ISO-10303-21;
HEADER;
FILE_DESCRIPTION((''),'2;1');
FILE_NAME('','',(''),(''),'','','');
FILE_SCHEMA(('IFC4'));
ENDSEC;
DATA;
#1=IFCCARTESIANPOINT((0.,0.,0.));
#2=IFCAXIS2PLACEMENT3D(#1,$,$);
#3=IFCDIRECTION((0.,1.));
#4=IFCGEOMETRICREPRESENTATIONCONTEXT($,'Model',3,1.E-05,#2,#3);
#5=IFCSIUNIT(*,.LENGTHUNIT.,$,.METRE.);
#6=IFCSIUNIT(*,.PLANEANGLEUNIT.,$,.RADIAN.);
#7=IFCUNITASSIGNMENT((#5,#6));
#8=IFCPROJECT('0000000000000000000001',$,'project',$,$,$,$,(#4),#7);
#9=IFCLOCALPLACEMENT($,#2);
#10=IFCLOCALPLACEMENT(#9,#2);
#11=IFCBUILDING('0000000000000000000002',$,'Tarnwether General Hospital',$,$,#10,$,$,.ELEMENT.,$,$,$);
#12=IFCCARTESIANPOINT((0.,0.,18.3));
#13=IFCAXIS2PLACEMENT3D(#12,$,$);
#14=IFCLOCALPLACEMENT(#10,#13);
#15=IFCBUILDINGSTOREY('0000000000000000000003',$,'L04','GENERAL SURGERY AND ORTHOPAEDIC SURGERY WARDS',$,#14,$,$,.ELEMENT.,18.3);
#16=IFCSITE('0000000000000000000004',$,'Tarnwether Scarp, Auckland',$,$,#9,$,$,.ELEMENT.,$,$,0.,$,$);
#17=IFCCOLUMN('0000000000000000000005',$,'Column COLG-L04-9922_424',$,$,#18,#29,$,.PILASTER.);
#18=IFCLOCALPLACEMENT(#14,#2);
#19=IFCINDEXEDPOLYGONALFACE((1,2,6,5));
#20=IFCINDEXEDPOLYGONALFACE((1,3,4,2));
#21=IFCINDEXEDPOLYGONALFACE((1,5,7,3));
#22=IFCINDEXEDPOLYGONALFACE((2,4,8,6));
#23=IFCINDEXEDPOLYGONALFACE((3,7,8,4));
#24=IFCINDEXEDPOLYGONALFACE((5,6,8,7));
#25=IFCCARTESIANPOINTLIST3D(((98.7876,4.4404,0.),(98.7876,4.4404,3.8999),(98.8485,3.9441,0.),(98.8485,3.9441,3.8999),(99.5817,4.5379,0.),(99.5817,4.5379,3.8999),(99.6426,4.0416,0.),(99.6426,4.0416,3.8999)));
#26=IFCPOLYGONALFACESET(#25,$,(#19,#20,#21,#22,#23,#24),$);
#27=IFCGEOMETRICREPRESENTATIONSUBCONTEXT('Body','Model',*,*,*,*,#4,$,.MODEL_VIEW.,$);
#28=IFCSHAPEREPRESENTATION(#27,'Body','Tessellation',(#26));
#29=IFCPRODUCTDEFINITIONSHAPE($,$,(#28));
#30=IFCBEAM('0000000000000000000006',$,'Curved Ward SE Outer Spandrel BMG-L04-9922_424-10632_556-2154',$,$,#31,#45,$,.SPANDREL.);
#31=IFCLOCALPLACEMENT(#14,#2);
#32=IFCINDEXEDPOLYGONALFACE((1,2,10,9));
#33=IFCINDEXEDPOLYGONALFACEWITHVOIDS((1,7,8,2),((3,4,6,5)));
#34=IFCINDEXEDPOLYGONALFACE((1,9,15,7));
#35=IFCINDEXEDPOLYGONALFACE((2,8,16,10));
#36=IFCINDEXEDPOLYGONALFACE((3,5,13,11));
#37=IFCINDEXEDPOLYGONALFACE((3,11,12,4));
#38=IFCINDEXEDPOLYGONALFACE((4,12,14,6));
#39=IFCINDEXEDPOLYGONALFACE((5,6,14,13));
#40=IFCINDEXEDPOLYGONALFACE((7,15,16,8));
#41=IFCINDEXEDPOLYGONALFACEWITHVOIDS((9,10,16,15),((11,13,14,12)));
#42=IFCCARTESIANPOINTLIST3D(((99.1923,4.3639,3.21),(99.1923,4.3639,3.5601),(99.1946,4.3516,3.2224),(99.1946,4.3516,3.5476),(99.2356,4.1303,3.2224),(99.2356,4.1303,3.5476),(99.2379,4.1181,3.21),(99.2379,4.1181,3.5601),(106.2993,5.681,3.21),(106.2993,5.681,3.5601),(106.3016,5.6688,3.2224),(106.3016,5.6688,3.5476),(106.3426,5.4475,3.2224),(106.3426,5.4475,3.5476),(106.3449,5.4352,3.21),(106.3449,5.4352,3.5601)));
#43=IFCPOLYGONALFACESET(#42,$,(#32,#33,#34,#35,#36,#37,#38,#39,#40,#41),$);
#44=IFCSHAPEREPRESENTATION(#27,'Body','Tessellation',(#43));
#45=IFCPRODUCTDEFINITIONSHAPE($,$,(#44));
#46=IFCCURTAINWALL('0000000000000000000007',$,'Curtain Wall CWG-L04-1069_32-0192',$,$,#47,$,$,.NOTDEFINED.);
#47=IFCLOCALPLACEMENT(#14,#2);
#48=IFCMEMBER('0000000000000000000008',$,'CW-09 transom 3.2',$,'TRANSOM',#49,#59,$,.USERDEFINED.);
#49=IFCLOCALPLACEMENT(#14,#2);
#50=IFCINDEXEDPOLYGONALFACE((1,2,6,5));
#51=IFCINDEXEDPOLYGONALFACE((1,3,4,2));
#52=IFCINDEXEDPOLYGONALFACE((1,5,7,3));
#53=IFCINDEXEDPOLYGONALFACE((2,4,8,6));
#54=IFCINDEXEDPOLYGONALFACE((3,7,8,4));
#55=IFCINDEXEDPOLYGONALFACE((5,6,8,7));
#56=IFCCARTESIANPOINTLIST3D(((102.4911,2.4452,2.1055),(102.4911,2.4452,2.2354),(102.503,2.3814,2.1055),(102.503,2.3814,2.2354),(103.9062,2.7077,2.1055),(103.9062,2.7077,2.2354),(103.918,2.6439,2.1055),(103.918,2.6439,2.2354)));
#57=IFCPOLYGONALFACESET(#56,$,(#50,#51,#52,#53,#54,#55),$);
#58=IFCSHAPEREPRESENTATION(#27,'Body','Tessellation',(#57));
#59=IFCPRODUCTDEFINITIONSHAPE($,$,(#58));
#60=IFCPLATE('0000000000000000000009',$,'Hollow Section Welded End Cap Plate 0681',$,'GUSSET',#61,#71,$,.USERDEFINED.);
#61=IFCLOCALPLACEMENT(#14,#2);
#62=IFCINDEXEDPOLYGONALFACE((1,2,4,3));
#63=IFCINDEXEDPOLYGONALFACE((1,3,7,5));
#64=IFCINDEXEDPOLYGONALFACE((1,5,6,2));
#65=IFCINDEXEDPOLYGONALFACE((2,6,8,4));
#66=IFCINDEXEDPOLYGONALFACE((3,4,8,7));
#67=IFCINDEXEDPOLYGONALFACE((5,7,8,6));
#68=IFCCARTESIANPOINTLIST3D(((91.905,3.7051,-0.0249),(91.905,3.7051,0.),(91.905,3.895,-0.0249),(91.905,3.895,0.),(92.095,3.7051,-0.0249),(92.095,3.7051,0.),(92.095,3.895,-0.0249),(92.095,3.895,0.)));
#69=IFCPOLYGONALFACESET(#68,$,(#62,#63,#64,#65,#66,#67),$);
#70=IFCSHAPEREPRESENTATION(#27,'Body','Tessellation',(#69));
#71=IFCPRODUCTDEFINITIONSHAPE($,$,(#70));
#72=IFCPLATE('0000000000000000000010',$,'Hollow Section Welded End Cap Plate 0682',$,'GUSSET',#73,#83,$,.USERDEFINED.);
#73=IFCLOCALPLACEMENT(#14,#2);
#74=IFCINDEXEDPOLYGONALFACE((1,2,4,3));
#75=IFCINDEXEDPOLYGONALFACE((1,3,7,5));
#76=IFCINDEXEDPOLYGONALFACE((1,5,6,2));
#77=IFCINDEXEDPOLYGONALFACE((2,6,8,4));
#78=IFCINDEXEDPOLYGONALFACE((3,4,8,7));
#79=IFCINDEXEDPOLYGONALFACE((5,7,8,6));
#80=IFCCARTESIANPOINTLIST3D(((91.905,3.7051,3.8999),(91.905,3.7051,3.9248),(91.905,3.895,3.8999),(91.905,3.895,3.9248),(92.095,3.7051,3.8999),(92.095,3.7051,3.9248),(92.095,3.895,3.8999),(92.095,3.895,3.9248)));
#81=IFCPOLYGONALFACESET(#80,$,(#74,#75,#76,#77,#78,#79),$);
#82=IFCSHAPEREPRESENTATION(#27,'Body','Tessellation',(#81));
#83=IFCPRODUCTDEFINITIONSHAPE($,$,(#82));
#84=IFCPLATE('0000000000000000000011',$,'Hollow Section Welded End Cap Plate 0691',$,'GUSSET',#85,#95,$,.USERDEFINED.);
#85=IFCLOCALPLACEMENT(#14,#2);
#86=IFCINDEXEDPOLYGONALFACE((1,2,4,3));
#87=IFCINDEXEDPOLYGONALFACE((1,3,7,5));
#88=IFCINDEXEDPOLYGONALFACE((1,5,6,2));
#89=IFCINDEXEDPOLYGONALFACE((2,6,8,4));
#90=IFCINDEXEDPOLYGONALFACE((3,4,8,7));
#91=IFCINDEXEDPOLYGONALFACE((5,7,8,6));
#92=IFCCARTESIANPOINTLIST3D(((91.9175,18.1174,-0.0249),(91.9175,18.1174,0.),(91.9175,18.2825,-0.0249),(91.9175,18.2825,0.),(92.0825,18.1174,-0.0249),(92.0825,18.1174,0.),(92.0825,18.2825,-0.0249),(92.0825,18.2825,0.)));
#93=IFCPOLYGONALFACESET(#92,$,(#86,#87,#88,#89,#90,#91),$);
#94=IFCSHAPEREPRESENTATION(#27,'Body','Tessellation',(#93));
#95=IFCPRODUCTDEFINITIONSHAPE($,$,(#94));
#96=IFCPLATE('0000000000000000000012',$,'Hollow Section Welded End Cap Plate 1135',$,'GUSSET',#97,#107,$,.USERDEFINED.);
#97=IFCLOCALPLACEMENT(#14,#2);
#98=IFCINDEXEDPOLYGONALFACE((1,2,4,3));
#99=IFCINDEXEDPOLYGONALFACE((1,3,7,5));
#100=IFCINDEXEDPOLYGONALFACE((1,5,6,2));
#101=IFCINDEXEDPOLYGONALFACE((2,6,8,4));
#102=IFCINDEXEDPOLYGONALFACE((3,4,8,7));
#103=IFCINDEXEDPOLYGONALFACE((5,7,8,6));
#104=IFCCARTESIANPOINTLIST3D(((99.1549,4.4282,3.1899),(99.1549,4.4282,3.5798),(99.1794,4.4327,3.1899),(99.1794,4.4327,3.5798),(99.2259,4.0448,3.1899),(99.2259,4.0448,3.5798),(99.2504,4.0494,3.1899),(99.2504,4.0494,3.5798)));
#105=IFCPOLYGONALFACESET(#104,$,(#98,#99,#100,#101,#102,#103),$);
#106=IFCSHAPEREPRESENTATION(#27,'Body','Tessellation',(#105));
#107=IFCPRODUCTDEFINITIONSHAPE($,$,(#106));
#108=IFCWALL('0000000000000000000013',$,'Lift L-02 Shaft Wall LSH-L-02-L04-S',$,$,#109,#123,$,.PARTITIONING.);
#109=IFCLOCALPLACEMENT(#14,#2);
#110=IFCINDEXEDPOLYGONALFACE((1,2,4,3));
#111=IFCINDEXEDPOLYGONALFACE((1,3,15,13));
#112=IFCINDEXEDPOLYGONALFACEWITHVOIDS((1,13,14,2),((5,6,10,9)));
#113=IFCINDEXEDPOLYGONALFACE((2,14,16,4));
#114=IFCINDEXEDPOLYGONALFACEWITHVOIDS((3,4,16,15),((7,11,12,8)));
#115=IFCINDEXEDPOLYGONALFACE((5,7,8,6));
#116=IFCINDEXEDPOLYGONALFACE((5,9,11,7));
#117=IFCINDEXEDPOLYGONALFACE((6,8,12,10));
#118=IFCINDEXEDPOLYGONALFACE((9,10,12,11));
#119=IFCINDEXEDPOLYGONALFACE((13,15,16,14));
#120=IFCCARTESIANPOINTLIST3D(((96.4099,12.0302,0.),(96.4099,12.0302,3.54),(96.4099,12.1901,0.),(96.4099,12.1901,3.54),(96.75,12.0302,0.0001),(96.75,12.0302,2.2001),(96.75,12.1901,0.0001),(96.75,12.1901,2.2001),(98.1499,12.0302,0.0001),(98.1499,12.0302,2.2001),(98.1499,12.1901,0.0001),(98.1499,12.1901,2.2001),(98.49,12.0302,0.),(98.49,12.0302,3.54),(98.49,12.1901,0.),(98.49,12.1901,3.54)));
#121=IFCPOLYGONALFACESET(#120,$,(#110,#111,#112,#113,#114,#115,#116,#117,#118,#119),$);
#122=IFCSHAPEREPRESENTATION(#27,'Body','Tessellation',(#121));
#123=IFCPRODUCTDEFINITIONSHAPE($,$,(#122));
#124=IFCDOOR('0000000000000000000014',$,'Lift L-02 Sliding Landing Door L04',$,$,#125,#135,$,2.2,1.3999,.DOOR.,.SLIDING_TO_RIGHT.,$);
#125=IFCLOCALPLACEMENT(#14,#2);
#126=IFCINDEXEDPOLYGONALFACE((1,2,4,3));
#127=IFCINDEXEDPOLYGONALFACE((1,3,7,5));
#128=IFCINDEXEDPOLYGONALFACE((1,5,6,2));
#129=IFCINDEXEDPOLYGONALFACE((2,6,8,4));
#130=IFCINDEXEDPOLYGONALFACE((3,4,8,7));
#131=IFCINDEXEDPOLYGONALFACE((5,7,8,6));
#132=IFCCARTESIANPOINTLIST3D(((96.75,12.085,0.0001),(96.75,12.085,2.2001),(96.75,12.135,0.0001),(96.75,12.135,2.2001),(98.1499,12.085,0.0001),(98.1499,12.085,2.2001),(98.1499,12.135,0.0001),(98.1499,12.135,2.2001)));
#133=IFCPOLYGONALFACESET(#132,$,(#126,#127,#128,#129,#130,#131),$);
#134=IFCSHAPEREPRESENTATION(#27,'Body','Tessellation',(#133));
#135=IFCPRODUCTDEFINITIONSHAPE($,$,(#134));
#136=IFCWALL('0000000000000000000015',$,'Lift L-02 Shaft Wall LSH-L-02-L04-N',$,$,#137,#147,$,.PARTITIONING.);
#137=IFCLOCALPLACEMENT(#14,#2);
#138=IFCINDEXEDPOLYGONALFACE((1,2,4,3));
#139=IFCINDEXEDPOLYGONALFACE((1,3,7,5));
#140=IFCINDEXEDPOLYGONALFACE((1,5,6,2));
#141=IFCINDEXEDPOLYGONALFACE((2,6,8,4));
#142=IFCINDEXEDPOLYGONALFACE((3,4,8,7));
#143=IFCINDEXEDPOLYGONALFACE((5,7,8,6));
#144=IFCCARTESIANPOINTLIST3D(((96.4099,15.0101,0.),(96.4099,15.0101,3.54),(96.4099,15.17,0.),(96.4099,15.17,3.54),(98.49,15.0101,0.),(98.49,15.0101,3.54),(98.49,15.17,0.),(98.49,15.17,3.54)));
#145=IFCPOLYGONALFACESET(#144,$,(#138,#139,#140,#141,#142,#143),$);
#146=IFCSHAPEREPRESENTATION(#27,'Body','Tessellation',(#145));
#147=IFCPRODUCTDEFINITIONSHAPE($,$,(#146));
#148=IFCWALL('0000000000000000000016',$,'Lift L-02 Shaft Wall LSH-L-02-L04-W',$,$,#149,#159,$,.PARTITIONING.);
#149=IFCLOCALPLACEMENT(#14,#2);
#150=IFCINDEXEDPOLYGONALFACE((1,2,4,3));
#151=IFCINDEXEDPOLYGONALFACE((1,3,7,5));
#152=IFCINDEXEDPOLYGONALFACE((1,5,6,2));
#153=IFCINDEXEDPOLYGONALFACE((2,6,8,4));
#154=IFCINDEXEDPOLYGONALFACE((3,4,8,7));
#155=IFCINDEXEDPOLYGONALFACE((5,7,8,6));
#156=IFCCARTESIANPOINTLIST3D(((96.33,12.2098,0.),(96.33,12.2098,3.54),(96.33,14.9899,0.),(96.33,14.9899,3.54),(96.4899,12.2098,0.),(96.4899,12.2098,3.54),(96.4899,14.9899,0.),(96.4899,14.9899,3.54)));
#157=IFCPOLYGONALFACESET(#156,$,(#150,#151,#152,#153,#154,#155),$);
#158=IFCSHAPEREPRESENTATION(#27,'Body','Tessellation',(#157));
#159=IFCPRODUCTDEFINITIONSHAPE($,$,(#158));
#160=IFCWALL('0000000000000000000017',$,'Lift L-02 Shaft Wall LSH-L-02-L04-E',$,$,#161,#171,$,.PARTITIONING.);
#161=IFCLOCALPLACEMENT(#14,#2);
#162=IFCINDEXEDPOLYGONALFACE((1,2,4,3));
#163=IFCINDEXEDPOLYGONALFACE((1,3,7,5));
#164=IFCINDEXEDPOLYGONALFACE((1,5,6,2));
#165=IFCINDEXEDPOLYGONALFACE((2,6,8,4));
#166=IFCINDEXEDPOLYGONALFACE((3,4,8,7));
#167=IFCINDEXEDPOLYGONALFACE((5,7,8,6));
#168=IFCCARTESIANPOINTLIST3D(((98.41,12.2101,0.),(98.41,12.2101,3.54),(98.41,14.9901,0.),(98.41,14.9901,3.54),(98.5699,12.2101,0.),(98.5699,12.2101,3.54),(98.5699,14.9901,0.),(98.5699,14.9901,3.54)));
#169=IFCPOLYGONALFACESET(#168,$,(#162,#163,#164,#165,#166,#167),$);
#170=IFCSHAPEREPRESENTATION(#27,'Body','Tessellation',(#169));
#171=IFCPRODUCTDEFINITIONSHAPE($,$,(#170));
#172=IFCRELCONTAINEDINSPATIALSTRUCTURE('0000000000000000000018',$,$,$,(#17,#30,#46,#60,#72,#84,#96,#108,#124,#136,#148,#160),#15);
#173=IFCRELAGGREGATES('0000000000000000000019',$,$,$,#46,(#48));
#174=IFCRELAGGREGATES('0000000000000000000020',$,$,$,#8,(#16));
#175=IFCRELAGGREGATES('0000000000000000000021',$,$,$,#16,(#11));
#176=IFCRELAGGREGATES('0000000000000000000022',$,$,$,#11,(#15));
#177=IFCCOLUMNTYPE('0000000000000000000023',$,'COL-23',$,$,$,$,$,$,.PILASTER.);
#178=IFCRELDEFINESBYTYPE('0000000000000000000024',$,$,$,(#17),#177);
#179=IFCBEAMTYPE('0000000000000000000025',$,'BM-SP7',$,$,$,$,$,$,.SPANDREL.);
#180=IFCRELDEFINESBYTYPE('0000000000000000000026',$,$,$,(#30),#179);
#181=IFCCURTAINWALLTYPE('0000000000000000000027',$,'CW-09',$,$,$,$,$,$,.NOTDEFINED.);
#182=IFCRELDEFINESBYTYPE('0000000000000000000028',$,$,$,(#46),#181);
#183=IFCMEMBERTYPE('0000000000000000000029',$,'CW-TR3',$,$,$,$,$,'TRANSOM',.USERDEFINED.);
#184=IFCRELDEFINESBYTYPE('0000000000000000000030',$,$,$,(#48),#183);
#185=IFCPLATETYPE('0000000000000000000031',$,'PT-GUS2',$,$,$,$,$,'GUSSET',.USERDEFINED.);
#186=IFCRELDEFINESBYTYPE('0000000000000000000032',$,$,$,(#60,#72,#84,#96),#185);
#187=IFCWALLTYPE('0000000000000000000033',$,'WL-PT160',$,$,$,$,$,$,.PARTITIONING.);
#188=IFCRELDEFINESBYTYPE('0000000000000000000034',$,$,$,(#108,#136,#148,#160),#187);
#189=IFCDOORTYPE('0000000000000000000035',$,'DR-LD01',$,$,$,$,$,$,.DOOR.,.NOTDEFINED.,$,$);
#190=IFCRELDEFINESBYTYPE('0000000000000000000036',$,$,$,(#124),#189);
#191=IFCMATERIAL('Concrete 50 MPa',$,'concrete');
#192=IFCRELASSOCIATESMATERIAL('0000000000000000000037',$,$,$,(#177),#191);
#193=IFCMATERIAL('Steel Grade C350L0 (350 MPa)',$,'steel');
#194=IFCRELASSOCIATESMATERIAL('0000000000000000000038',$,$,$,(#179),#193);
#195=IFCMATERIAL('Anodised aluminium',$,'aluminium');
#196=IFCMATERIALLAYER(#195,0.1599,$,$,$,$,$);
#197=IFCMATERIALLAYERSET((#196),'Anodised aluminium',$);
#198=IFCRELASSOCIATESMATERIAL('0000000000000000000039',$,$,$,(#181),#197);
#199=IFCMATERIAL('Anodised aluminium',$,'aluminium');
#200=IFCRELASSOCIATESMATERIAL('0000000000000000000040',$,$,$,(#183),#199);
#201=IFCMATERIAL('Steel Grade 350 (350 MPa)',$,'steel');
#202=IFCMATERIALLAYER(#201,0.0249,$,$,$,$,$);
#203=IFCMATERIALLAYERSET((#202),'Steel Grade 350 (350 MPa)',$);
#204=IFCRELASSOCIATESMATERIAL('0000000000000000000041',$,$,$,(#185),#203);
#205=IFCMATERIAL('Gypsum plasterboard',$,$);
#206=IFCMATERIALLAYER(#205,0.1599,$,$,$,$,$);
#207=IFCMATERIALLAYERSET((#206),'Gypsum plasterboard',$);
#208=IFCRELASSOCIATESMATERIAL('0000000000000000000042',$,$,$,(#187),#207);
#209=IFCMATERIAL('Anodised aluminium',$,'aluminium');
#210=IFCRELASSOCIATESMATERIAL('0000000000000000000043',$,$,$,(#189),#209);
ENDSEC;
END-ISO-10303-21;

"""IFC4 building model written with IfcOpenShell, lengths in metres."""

from ifc_helpers import new_model, si_unit, direction, frame, frame_2d, origin, origin_2d, place, context, subcontext, project, spatial, rectangle, hollow_rectangle, extrude, material, layer, layer_set, material_profile, profile_set, type_object, element, fill, aggregate, save


model = new_model("IFC4")

# Units and contexts
model_context = context("Model", 3, precision=1e-05, world=origin(), true_north=direction((0.0, 1.0)))
body_context = subcontext(model_context, "Body", "Model", "MODEL_VIEW")
ifc_project = project(units=[si_unit("LENGTHUNIT", "METRE"), si_unit("PLANEANGLEUNIT", "RADIAN")], contexts=[model_context])

# Site, building, storey
site_placement = place(None, origin())
site = spatial("IfcSite", under=ifc_project, at=site_placement, Name="Tarnwether Scarp, Auckland", CompositionType="ELEMENT", RefElevation=0.0)
building_placement = place(site_placement, origin())
building = spatial("IfcBuilding", under=site, at=building_placement, Name="Tarnwether General Hospital", CompositionType="ELEMENT")
storey_placement = place(building_placement, frame((0.0, 0.0, 18.3)))
storey = spatial("IfcBuildingStorey", under=building, at=storey_placement, Name="L04", Description="GENERAL SURGERY AND ORTHOPAEDIC SURGERY WARDS", CompositionType="ELEMENT", Elevation=18.3)

# Column
ifc_material_1 = material(Name="Concrete 50 MPa", Category="concrete")
ifc_material_profile_1 = material_profile(ifc_material_1, rectangle(XDim=0.5, YDim=0.8, at=origin_2d()), Name="RC-PIL-500x800")
ifc_profile_set_1 = profile_set([ifc_material_profile_1], Name="Concrete 50 MPa")
column_type = type_object("IfcColumnType", Name="COL-23", PredefinedType="PILASTER", material=ifc_profile_set_1)
column_placement = place(storey_placement, frame((99.2151, 4.241, 0.0), z_axis=(0.0, 0.0, 1.0), x_axis=(-0.121869, 0.992546, 0.0)))
element("IfcColumn", 1, at=column_placement, inside=storey, type_object=column_type, Name="Column COLG-L04-9922_424", PredefinedType="PILASTER", context=body_context, shape_type="SweptSolid", body=[
    extrude(rectangle(XDim=0.5, YDim=0.8, at=origin_2d()), origin(), (0.0, 0.0, 1.0), 3.8999),
])

# Beam
ifc_material_2 = material(Name="Steel Grade C350L0 (350 MPa)", Category="steel")
ifc_material_profile_2 = material_profile(ifc_material_2, hollow_rectangle(XDim=0.25, YDim=0.3501, WallThickness=0.0125, at=origin_2d()), Name="RHS350x250x12.5")
ifc_profile_set_2 = profile_set([ifc_material_profile_2], Name="Steel Grade C350L0 (350 MPa)")
beam_type = type_object("IfcBeamType", Name="BM-SP7", PredefinedType="SPANDREL", material=ifc_profile_set_2)
beam_placement = place(storey_placement, frame((99.2151, 4.241, 3.385), z_axis=(0.983256, 0.182228, 0.0), x_axis=(-0.182228, 0.983256, 0.0)))
element("IfcBeam", 2, at=beam_placement, inside=storey, type_object=beam_type, Name="Curved Ward SE Outer Spandrel BMG-L04-9922_424-10632_556-2154", PredefinedType="SPANDREL", context=body_context, shape_type="SweptSolid", body=[
    extrude(hollow_rectangle(XDim=0.25, YDim=0.3501, WallThickness=0.0125, at=origin_2d()), origin(), (0.0, 0.0, 1.0), 7.228),
])

# Curtain wall, member
ifc_material_3 = material(Name="Anodised aluminium", Category="aluminium")
ifc_layer_1 = layer(ifc_material_3, 0.1599)
ifc_layer_set_1 = layer_set([ifc_layer_1], Name="Anodised aluminium")
curtain_wall_type = type_object("IfcCurtainWallType", Name="CW-09", PredefinedType="NOTDEFINED", material=ifc_layer_set_1)
curtain_wall_placement = place(storey_placement, origin())
curtain_wall = element("IfcCurtainWall", 3, at=curtain_wall_placement, inside=storey, type_object=curtain_wall_type, Name="Curtain Wall CWG-L04-1069_32-0192", PredefinedType="NOTDEFINED")
ifc_material_4 = material(Name="Anodised aluminium", Category="aluminium")
ifc_material_profile_3 = material_profile(ifc_material_4, rectangle(XDim=0.0649, YDim=0.1299, at=origin_2d()), Name="ALU-TRN-65x130")
ifc_profile_set_3 = profile_set([ifc_material_profile_3], Name="Anodised aluminium")
member_type = type_object("IfcMemberType", Name="CW-TR3", ElementType="TRANSOM", PredefinedType="USERDEFINED", material=ifc_profile_set_3)
member_placement = place(storey_placement, frame((103.9121, 2.6758, 2.1704), z_axis=(-0.983231, -0.182363, 0.0), x_axis=(0.182363, -0.983231, 0.0)))
member = element("IfcMember", 4, at=member_placement, type_object=member_type, Name="CW-09 transom 3.2", ObjectType="TRANSOM", PredefinedType="USERDEFINED", context=body_context, shape_type="SweptSolid", body=[
    extrude(rectangle(XDim=0.0649, YDim=0.1299, at=origin_2d()), origin(), (0.0, 0.0, 1.0), 1.4392),
])
aggregate(curtain_wall, [member])

# Plates
ifc_material_5 = material(Name="Steel Grade 350 (350 MPa)", Category="steel")
ifc_layer_2 = layer(ifc_material_5, 0.0249)
ifc_layer_set_2 = layer_set([ifc_layer_2], Name="Steel Grade 350 (350 MPa)")
plate_type = type_object("IfcPlateType", Name="PT-GUS2", ElementType="GUSSET", PredefinedType="USERDEFINED", material=ifc_layer_set_2)
for number, where, z_axis, x_axis, name in (
    (5, (92.0, 3.8, -0.0249), (0.0, 0.0, 1.0), (1.0, 0.0, 0.0), "Hollow Section Welded End Cap Plate 0681"),
    (6, (92.0, 3.8, 3.8999), (0.0, 0.0, 1.0), (1.0, 0.0, 0.0), "Hollow Section Welded End Cap Plate 0682"),
):
    element("IfcPlate", number, at=place(storey_placement, frame(where, z_axis=z_axis, x_axis=x_axis)), inside=storey, type_object=plate_type, Name=name, ObjectType="GUSSET", PredefinedType="USERDEFINED", context=body_context, shape_type="SweptSolid", body=[
        extrude(rectangle(XDim=0.1899, YDim=0.1899, at=origin_2d()), origin(), (0.0, 0.0, 1.0), 0.0249),
    ])
plate_1_placement = place(storey_placement, frame((92.0, 18.2, -0.0249), z_axis=(0.0, 0.0, 1.0), x_axis=(1.0, 0.0, 0.0)))
element("IfcPlate", 7, at=plate_1_placement, inside=storey, type_object=plate_type, Name="Hollow Section Welded End Cap Plate 0691", ObjectType="GUSSET", PredefinedType="USERDEFINED", context=body_context, shape_type="SweptSolid", body=[
    extrude(rectangle(XDim=0.165, YDim=0.165, at=origin_2d()), origin(), (0.0, 0.0, 1.0), 0.0249),
])
plate_2_placement = place(storey_placement, frame((99.2026, 4.2388, 3.1899), z_axis=(0.0, 0.0, 1.0), x_axis=(0.983261, 0.182201, 0.0)))
element("IfcPlate", 8, at=plate_2_placement, inside=storey, type_object=plate_type, Name="Hollow Section Welded End Cap Plate 1135", ObjectType="GUSSET", PredefinedType="USERDEFINED", context=body_context, shape_type="SweptSolid", body=[
    extrude(rectangle(XDim=0.0249, YDim=0.3899, at=origin_2d()), origin(), (0.0, 0.0, 1.0), 0.3899),
])

# Wall, opening, door
ifc_material_6 = material(Name="Gypsum plasterboard")
ifc_layer_3 = layer(ifc_material_6, 0.1599)
ifc_layer_set_3 = layer_set([ifc_layer_3], Name="Gypsum plasterboard")
wall_type_1 = type_object("IfcWallType", Name="WL-PT160", PredefinedType="PARTITIONING", material=ifc_layer_set_3)
wall_1_placement = place(storey_placement, frame((96.4099, 12.1101, 0.0), z_axis=(0.0, 0.0, 1.0), x_axis=(1.0, 0.0, 0.0)))
wall_1 = element("IfcWall", 9, at=wall_1_placement, inside=storey, type_object=wall_type_1, Name="Lift L-02 Shaft Wall LSH-L-02-L04-S", PredefinedType="PARTITIONING", context=body_context, shape_type="SweptSolid", body=[
    extrude(rectangle(XDim=2.0801, YDim=0.1599, at=frame_2d((1.04, 0.0))), origin(), (0.0, 0.0, 1.0), 3.54),
])
opening_1_placement = place(wall_1_placement, frame((0.3401, 0.0, 0.0)))
opening_1 = element("IfcOpeningElement", 10, at=opening_1_placement, cuts=wall_1, PredefinedType="OPENING", context=body_context, shape_type="SweptSolid", body=[
    extrude(rectangle(XDim=1.3999, YDim=2.2, at=frame_2d((0.7, 1.1001))), frame((0.0, 0.0898, 0.0), z_axis=(0.0, -1.0, 0.0), x_axis=(1.0, 0.0, 0.0)), (0.0, 0.0, 1.0), 0.1799),
])
ifc_material_7 = material(Name="Anodised aluminium", Category="aluminium")
door_type_1 = type_object("IfcDoorType", Name="DR-LD01", OperationType="NOTDEFINED", PredefinedType="DOOR", material=ifc_material_7)
door_1_placement = place(opening_1_placement, origin())
door_1 = element("IfcDoor", 11, at=door_1_placement, inside=storey, type_object=door_type_1, Name="Lift L-02 Sliding Landing Door L04", OperationType="SLIDING_TO_RIGHT", OverallHeight=2.2, OverallWidth=1.3999, PredefinedType="DOOR", context=body_context, shape_type="SweptSolid", body=[
    extrude(rectangle(XDim=1.3999, YDim=2.2, at=frame_2d((0.7, 1.1001))), frame((0.0, 0.0249, 0.0), z_axis=(0.0, -1.0, 0.0), x_axis=(1.0, 0.0, 0.0)), (0.0, 0.0, 1.0), 0.05),
])
fill(opening_1, door_1)

# Walls
wall_2_placement = place(storey_placement, frame((98.49, 15.0901, 0.0), z_axis=(0.0, 0.0, 1.0), x_axis=(-1.0, 0.0, 0.0)))
element("IfcWall", 12, at=wall_2_placement, inside=storey, type_object=wall_type_1, Name="Lift L-02 Shaft Wall LSH-L-02-L04-N", PredefinedType="PARTITIONING", context=body_context, shape_type="SweptSolid", body=[
    extrude(rectangle(XDim=2.0801, YDim=0.1599, at=frame_2d((1.04, 0.0))), origin(), (0.0, 0.0, 1.0), 3.54),
])
for number, where, z_axis, x_axis, name in (
    (13, (96.4099, 14.99, 0.0), (0.0, 0.0, 1.0), (0.0, -1.0, 0.0), "Lift L-02 Shaft Wall LSH-L-02-L04-W"),
    (14, (98.49, 12.21, 0.0), (0.0, 0.0, 1.0), (0.0, 1.0, 0.0), "Lift L-02 Shaft Wall LSH-L-02-L04-E"),
):
    element("IfcWall", number, at=place(storey_placement, frame(where, z_axis=z_axis, x_axis=x_axis)), inside=storey, type_object=wall_type_1, Name=name, PredefinedType="PARTITIONING", context=body_context, shape_type="SweptSolid", body=[
        extrude(rectangle(XDim=2.78, YDim=0.1599, at=frame_2d((1.3901, 0.0))), origin(), (0.0, 0.0, 1.0), 3.54),
    ])

save(model, "model.ifc")
